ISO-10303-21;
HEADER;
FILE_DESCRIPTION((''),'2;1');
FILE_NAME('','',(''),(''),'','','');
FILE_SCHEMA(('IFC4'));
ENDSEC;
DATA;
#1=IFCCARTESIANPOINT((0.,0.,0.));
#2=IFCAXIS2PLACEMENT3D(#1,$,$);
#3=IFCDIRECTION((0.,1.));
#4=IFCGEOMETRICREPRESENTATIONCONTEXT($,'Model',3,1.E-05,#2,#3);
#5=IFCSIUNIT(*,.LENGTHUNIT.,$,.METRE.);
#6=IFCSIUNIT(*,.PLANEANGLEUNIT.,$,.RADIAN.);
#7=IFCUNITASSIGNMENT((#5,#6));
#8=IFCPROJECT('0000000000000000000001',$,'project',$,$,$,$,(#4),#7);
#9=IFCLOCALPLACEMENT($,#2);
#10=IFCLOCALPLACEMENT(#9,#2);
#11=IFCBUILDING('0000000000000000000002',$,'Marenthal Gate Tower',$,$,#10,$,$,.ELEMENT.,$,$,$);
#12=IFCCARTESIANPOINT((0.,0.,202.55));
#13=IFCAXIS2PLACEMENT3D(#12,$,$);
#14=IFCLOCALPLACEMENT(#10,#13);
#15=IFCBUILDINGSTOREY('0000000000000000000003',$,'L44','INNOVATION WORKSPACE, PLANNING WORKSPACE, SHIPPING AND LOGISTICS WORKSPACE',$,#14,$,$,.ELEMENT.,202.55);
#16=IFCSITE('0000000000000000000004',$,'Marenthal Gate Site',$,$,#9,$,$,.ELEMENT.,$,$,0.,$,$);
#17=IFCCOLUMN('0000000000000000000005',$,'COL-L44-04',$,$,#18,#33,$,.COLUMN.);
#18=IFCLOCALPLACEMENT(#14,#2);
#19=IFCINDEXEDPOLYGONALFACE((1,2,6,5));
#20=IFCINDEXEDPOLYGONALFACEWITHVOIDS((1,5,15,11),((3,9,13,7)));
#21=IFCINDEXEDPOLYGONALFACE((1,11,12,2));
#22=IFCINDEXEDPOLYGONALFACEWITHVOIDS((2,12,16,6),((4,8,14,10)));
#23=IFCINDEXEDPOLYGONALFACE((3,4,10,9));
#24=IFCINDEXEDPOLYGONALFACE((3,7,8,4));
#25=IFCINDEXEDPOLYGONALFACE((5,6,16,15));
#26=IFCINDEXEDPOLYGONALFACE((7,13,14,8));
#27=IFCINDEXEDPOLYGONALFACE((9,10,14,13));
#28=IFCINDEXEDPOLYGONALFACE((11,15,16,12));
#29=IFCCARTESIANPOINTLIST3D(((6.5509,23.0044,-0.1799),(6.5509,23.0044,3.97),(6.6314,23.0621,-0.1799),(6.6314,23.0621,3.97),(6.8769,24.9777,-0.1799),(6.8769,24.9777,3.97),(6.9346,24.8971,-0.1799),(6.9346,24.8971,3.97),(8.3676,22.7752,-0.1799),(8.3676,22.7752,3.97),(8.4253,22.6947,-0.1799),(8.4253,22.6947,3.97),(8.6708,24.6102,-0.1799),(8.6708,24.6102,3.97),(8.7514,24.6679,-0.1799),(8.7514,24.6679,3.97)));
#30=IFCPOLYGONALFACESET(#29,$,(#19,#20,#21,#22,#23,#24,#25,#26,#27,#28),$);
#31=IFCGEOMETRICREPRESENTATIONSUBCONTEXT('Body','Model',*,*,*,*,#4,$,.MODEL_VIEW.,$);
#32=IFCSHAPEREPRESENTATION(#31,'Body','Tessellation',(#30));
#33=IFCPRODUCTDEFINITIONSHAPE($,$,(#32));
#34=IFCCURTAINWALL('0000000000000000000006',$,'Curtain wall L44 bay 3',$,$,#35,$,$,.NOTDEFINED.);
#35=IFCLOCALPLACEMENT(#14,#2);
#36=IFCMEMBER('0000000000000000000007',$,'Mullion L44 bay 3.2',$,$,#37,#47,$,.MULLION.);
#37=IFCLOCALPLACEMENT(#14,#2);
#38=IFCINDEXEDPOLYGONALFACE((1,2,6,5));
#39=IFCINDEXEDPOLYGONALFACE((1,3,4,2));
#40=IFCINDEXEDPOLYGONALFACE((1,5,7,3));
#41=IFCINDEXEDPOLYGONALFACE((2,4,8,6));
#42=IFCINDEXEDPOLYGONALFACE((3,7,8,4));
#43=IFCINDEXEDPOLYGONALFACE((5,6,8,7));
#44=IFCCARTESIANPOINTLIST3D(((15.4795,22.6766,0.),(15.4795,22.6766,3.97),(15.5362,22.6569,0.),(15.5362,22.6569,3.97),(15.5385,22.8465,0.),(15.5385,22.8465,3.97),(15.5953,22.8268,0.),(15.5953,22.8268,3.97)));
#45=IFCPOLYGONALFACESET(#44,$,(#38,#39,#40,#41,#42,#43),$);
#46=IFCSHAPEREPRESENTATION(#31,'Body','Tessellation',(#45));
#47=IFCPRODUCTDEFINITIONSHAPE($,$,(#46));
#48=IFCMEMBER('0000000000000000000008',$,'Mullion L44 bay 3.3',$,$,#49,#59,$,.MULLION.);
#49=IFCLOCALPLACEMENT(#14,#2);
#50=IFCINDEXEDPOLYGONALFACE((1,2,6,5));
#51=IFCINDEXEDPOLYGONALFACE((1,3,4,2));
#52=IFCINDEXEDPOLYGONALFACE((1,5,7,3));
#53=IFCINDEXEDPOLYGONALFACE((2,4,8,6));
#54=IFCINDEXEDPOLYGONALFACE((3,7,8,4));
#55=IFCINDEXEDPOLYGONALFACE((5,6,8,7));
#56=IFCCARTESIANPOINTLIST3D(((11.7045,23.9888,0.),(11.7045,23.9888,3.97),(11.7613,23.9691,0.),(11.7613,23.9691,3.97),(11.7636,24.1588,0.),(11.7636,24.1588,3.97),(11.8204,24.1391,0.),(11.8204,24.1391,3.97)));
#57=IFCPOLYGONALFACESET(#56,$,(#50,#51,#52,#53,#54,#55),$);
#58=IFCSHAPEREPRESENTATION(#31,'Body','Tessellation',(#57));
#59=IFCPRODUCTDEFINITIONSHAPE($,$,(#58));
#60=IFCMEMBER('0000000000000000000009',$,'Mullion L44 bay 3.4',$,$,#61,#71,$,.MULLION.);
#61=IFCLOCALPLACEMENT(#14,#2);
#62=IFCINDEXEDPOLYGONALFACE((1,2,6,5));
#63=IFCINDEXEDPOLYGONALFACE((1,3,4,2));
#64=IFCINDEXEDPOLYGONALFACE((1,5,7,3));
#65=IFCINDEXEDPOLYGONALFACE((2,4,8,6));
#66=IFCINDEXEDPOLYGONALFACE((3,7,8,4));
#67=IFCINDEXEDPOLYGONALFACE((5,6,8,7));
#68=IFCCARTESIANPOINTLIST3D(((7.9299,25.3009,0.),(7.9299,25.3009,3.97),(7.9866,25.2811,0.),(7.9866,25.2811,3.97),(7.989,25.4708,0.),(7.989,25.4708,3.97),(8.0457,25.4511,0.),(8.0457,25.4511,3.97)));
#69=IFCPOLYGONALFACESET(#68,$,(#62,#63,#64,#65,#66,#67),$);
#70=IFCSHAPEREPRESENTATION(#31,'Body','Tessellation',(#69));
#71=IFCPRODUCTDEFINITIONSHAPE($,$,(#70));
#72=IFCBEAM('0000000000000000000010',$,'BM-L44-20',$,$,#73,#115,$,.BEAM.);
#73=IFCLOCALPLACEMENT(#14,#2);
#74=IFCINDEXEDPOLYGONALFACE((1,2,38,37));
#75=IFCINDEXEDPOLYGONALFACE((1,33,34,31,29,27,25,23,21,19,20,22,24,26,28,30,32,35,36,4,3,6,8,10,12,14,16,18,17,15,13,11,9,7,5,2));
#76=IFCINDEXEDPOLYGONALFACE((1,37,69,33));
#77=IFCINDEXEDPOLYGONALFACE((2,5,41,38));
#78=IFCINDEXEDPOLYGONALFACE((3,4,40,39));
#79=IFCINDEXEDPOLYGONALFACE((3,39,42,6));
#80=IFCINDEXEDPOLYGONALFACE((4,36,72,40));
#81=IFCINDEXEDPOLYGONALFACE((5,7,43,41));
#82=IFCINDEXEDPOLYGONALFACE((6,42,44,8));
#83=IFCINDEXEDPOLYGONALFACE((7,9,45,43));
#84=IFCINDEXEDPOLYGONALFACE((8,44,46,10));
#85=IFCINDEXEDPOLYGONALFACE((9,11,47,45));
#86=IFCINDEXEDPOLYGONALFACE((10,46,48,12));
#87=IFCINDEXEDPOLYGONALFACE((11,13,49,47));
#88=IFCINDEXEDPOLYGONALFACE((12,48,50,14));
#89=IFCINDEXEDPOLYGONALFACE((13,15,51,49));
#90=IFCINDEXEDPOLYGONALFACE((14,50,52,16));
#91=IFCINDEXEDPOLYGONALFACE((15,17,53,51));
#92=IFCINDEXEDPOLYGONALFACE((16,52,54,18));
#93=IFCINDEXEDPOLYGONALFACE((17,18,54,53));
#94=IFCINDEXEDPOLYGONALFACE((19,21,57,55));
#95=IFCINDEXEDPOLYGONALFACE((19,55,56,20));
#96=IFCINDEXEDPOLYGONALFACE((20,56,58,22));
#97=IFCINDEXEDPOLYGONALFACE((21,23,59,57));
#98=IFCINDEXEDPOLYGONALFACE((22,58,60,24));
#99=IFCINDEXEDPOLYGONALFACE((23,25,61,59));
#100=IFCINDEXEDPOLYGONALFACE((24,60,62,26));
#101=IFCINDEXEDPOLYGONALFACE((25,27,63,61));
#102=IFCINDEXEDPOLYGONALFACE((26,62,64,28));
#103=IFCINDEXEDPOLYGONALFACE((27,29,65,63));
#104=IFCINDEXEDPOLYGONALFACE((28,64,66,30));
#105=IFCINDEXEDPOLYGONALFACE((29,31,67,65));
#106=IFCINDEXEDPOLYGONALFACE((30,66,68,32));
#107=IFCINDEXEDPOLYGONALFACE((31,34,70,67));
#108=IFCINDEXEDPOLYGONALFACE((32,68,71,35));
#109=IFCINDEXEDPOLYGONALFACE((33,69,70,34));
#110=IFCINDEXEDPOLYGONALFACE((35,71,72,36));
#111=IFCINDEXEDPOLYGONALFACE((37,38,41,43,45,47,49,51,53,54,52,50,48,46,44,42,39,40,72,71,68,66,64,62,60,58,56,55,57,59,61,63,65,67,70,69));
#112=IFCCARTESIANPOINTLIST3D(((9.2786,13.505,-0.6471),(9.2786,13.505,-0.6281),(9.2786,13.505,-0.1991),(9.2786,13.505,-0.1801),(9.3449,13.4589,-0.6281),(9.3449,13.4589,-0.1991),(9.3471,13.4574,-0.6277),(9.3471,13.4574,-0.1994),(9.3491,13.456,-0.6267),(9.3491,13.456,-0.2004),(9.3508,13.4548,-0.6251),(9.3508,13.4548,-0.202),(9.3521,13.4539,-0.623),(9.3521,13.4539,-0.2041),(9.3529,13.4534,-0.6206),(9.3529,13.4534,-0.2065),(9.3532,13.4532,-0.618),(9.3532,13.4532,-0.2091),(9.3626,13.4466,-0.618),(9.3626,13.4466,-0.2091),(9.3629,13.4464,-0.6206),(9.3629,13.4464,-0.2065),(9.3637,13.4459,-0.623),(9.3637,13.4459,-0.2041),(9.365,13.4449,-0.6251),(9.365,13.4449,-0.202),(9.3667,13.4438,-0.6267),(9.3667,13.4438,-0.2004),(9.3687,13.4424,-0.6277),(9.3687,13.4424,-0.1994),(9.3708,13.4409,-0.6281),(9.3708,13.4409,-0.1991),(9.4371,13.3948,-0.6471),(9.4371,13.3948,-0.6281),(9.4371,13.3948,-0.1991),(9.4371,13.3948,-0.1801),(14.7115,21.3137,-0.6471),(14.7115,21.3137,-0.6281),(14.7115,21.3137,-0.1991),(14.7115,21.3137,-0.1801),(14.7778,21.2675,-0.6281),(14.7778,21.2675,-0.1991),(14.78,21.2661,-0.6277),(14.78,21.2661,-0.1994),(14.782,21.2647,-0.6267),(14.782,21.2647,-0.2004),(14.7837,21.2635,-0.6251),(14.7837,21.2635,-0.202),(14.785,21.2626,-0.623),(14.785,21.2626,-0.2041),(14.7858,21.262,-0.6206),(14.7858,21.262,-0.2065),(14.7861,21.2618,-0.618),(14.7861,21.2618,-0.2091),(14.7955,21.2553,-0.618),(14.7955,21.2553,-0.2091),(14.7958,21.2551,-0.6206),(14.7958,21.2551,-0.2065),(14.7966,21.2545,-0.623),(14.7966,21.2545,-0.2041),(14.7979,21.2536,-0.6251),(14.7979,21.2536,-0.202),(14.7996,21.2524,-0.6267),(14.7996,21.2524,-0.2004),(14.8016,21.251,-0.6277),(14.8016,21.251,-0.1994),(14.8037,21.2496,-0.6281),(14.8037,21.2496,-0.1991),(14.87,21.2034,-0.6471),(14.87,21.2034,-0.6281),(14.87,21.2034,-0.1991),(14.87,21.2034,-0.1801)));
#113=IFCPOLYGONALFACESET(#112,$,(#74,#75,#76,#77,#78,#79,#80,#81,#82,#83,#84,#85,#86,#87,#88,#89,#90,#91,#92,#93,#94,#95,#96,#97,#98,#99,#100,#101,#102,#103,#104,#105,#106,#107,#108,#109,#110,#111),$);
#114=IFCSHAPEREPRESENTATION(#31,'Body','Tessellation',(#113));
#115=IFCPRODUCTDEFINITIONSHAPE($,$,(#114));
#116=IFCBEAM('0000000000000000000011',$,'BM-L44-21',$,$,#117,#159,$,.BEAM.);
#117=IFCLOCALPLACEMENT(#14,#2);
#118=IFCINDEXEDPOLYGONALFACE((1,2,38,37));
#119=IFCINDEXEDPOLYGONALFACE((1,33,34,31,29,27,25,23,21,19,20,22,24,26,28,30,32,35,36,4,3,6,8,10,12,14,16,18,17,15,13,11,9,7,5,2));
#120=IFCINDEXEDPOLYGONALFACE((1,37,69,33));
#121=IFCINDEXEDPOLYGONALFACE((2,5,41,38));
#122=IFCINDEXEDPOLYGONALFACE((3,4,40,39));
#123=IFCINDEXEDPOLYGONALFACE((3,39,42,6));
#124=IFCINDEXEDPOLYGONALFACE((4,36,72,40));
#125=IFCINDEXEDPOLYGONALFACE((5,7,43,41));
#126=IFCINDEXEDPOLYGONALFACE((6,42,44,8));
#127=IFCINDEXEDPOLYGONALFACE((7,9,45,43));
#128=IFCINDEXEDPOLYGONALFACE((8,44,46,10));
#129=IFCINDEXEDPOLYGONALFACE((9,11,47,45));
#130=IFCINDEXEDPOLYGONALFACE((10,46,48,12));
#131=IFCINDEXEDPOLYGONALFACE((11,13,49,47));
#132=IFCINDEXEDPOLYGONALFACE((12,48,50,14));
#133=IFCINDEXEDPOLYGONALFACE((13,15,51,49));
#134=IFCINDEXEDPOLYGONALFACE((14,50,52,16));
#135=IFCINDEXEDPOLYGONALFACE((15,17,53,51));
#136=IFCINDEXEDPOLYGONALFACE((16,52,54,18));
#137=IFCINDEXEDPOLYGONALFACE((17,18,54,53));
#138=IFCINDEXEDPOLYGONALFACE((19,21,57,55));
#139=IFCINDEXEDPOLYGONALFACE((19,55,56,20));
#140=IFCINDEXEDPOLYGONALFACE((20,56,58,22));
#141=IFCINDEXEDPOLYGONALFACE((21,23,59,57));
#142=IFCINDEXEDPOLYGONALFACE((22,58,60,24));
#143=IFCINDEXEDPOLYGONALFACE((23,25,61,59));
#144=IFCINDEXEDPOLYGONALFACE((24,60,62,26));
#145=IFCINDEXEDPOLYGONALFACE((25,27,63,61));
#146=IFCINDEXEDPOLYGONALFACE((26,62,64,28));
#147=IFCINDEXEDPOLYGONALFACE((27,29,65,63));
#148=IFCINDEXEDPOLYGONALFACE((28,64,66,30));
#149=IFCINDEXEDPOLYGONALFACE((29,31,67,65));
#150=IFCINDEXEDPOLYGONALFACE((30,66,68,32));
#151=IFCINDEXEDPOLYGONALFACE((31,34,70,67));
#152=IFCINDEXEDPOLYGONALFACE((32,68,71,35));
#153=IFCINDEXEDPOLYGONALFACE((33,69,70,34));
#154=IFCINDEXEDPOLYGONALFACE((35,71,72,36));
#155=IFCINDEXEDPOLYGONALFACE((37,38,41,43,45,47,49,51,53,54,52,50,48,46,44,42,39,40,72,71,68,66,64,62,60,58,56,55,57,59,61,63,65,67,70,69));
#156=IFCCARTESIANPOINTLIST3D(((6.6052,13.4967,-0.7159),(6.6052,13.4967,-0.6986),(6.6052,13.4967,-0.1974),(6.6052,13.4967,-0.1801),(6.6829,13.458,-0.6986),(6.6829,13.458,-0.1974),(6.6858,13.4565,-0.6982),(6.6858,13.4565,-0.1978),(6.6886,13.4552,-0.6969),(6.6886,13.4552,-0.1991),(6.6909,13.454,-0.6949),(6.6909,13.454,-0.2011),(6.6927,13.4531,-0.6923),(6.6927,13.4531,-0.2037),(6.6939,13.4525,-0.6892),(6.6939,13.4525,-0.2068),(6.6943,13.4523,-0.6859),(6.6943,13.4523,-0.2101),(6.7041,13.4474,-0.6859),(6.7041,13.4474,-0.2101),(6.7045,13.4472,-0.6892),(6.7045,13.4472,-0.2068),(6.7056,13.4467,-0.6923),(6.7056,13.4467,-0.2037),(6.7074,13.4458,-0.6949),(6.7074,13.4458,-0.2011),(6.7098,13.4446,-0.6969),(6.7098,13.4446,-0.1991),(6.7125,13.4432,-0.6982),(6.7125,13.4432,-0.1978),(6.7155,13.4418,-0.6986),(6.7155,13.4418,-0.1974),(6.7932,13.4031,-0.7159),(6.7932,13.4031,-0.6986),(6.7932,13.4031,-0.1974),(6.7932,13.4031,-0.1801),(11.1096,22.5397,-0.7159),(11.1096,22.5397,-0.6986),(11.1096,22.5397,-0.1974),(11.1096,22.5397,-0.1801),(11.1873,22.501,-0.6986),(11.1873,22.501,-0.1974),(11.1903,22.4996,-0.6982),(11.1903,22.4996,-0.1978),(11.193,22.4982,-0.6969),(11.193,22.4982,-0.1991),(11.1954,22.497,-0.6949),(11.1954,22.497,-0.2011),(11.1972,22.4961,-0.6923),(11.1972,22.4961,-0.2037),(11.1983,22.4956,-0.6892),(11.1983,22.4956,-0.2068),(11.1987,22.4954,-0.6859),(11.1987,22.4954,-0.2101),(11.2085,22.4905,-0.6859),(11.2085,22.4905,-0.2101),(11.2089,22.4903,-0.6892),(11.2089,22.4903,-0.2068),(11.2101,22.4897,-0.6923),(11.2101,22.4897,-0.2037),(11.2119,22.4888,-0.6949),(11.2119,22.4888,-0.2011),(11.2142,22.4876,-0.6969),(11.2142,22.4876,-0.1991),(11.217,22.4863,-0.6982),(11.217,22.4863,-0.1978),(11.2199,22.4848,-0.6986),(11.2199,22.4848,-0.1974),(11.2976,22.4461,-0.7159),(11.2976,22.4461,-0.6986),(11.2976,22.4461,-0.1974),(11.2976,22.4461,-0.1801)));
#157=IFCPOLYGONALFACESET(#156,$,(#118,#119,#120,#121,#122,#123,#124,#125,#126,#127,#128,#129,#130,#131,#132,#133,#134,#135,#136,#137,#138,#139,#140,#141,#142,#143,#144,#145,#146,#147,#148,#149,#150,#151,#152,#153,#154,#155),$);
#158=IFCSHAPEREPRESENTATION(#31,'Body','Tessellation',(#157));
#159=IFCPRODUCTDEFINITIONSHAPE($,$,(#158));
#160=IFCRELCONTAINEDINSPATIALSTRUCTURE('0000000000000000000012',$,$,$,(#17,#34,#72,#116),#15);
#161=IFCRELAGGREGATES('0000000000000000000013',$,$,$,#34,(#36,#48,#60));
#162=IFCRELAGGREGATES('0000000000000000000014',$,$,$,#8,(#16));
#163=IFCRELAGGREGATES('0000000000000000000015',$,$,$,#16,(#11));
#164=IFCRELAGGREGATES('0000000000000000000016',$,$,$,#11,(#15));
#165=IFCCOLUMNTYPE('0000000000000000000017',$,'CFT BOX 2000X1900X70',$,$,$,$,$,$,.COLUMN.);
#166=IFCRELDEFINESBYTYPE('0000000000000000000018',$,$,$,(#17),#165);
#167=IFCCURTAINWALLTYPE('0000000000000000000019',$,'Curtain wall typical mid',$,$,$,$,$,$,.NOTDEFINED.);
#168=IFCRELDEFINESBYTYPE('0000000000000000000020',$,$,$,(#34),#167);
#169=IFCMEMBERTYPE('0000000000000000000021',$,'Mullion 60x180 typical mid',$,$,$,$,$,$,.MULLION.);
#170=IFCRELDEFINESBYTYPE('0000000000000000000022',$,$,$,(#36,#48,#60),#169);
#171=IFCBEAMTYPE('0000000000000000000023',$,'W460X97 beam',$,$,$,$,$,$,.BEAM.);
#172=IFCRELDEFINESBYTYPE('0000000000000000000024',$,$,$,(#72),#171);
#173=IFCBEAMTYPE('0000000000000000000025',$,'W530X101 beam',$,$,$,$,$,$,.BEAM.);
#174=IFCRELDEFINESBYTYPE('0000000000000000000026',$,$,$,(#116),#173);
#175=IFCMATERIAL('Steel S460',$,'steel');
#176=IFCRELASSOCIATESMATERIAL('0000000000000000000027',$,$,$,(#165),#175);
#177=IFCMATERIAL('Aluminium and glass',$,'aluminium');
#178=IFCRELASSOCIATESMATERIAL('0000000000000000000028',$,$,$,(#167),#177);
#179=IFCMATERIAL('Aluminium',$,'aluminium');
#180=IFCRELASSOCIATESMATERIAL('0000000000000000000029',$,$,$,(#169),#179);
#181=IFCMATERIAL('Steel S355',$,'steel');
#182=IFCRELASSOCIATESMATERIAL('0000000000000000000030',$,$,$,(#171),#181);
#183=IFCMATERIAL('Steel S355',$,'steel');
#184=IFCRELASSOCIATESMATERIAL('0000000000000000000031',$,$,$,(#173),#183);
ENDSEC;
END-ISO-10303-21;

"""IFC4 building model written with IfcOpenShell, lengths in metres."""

from ifc_helpers import new_model, si_unit, direction, frame, origin, origin_2d, place, context, subcontext, project, spatial, rectangle, hollow_rectangle, i_section, extrude, material, material_profile, profile_set, type_object, element, aggregate, save


model = new_model("IFC4")

# Units and contexts
model_context = context("Model", 3, precision=1e-05, world=origin(), true_north=direction((0.0, 1.0)))
body_context = subcontext(model_context, "Body", "Model", "MODEL_VIEW")
ifc_project = project(units=[si_unit("LENGTHUNIT", "METRE"), si_unit("PLANEANGLEUNIT", "RADIAN")], contexts=[model_context])

# Site, building, storey
site_placement = place(None, origin())
site = spatial("IfcSite", under=ifc_project, at=site_placement, Name="Marenthal Gate Site", CompositionType="ELEMENT", RefElevation=0.0)
building_placement = place(site_placement, origin())
building = spatial("IfcBuilding", under=site, at=building_placement, Name="Marenthal Gate Tower", CompositionType="ELEMENT")
storey_placement = place(building_placement, frame((0.0, 0.0, 202.55)))
storey = spatial("IfcBuildingStorey", under=building, at=storey_placement, Name="L44", Description="INNOVATION WORKSPACE, PLANNING WORKSPACE, SHIPPING AND LOGISTICS WORKSPACE", CompositionType="ELEMENT", Elevation=202.55)

# Column
ifc_material_1 = material(Name="Steel S460", Category="steel")
ifc_material_profile_1 = material_profile(ifc_material_1, hollow_rectangle(XDim=1.8999, YDim=2.0, WallThickness=0.0701, at=origin_2d()), Name="CFT BOX 2000X1900X70")
ifc_material_2 = material(Name="Concrete 70 MPa", Category="concrete")
ifc_material_profile_2 = material_profile(ifc_material_2, rectangle(XDim=1.76, YDim=1.8601, at=origin_2d()), Name="CFT BOX 2000X1900X70 INFILL")
ifc_profile_set_1 = profile_set([ifc_material_profile_1, ifc_material_profile_2], Name="Steel S460 shell, Concrete 70 MPa infill")
column_type = type_object("IfcColumnType", Name="CFT BOX 2000X1900X70", PredefinedType="COLUMN", material=ifc_profile_set_1)
column_placement = place(storey_placement, frame((7.6511, 23.8362, -0.1799), z_axis=(0.0, 0.0, 1.0), x_axis=(0.986621, -0.16303, 0.0)))
element("IfcColumn", 1, at=column_placement, inside=storey, type_object=column_type, Name="COL-L44-04", PredefinedType="COLUMN", context=body_context, shape_type="SweptSolid", body=[
    extrude(hollow_rectangle(XDim=1.8999, YDim=2.0, WallThickness=0.0701, at=origin_2d()), origin(), (0.0, 0.0, 1.0), 4.1499),
])

# Curtain wall, members
ifc_material_3 = material(Name="Aluminium and glass", Category="aluminium")
curtain_wall_type = type_object("IfcCurtainWallType", Name="Curtain wall typical mid", PredefinedType="NOTDEFINED", material=ifc_material_3)
curtain_wall_placement = place(storey_placement, origin())
curtain_wall = element("IfcCurtainWall", 2, at=curtain_wall_placement, inside=storey, type_object=curtain_wall_type, Name="Curtain wall L44 bay 3", PredefinedType="NOTDEFINED")
ifc_material_4 = material(Name="Aluminium", Category="aluminium")
ifc_material_profile_3 = material_profile(ifc_material_4, rectangle(XDim=0.1799, YDim=0.0601, at=origin_2d()), Name="60x180 aluminium mullion")
ifc_profile_set_2 = profile_set([ifc_material_profile_3], Name="Aluminium")
member_type = type_object("IfcMemberType", Name="Mullion 60x180 typical mid", PredefinedType="MULLION", material=ifc_profile_set_2)
member_1_placement = place(storey_placement, frame((15.5374, 22.7517, 0.0), z_axis=(0.0, 0.0, 1.0), x_axis=(-0.328332, -0.944562, 0.0)))
member_1 = element("IfcMember", 3, at=member_1_placement, type_object=member_type, Name="Mullion L44 bay 3.2", PredefinedType="MULLION", context=body_context, shape_type="SweptSolid", body=[
    extrude(rectangle(XDim=0.1799, YDim=0.0601, at=origin_2d()), origin(), (0.0, 0.0, 1.0), 3.97),
])
member_2_placement = place(storey_placement, frame((11.7625, 24.064, 0.0), z_axis=(0.0, 0.0, 1.0), x_axis=(-0.328332, -0.944562, 0.0)))
member_2 = element("IfcMember", 4, at=member_2_placement, type_object=member_type, Name="Mullion L44 bay 3.3", PredefinedType="MULLION", context=body_context, shape_type="SweptSolid", body=[
    extrude(rectangle(XDim=0.1799, YDim=0.0601, at=origin_2d()), origin(), (0.0, 0.0, 1.0), 3.97),
])
member_3_placement = place(storey_placement, frame((7.9878, 25.376, 0.0), z_axis=(0.0, 0.0, 1.0), x_axis=(-0.328332, -0.944562, 0.0)))
member_3 = element("IfcMember", 5, at=member_3_placement, type_object=member_type, Name="Mullion L44 bay 3.4", PredefinedType="MULLION", context=body_context, shape_type="SweptSolid", body=[
    extrude(rectangle(XDim=0.1799, YDim=0.0601, at=origin_2d()), origin(), (0.0, 0.0, 1.0), 3.97),
])

# Beams
ifc_material_5 = material(Name="Steel S355", Category="steel")
ifc_material_profile_4 = material_profile(ifc_material_5, i_section(OverallWidth=0.1931, OverallDepth=0.467, WebThickness=0.0115, FlangeThickness=0.019, FilletRadius=0.01, at=origin_2d()), Name="W460X97")
ifc_profile_set_3 = profile_set([ifc_material_profile_4], Name="Steel S355")
beam_type_1 = type_object("IfcBeamType", Name="W460X97 beam", PredefinedType="BEAM", material=ifc_profile_set_3)
beam_1_placement = place(storey_placement, frame((14.7908, 21.2585, -0.4136), z_axis=(-0.571121, -0.820866, 0.0), x_axis=(0.820866, -0.571121, 0.0)))
element("IfcBeam", 6, at=beam_1_placement, inside=storey, type_object=beam_type_1, Name="BM-L44-20", PredefinedType="BEAM", context=body_context, shape_type="SweptSolid", body=[
    extrude(i_section(OverallWidth=0.1931, OverallDepth=0.467, WebThickness=0.0115, FlangeThickness=0.019, FilletRadius=0.01, at=origin_2d()), origin(), (0.0, 0.0, 1.0), 9.5127),
])
ifc_material_6 = material(Name="Steel S355", Category="steel")
ifc_material_profile_5 = material_profile(ifc_material_6, i_section(OverallWidth=0.21, OverallDepth=0.5359, WebThickness=0.011, FlangeThickness=0.0173, FilletRadius=0.0127, at=origin_2d()), Name="W530X101")
ifc_profile_set_4 = profile_set([ifc_material_profile_5], Name="Steel S355")
beam_type_2 = type_object("IfcBeamType", Name="W530X101 beam", PredefinedType="BEAM", material=ifc_profile_set_4)
beam_2_placement = place(storey_placement, frame((11.2036, 22.4929, -0.448), z_axis=(-0.44586, -0.895103, 0.0), x_axis=(0.895103, -0.44586, 0.0)))
element("IfcBeam", 7, at=beam_2_placement, inside=storey, type_object=beam_type_2, Name="BM-L44-21", PredefinedType="BEAM", context=body_context, shape_type="SweptSolid", body=[
    extrude(i_section(OverallWidth=0.21, OverallDepth=0.5359, WebThickness=0.011, FlangeThickness=0.0173, FilletRadius=0.0127, at=origin_2d()), origin(), (0.0, 0.0, 1.0), 10.1028),
])

aggregate(curtain_wall, [member_1, member_2, member_3])

save(model, "model.ifc")
